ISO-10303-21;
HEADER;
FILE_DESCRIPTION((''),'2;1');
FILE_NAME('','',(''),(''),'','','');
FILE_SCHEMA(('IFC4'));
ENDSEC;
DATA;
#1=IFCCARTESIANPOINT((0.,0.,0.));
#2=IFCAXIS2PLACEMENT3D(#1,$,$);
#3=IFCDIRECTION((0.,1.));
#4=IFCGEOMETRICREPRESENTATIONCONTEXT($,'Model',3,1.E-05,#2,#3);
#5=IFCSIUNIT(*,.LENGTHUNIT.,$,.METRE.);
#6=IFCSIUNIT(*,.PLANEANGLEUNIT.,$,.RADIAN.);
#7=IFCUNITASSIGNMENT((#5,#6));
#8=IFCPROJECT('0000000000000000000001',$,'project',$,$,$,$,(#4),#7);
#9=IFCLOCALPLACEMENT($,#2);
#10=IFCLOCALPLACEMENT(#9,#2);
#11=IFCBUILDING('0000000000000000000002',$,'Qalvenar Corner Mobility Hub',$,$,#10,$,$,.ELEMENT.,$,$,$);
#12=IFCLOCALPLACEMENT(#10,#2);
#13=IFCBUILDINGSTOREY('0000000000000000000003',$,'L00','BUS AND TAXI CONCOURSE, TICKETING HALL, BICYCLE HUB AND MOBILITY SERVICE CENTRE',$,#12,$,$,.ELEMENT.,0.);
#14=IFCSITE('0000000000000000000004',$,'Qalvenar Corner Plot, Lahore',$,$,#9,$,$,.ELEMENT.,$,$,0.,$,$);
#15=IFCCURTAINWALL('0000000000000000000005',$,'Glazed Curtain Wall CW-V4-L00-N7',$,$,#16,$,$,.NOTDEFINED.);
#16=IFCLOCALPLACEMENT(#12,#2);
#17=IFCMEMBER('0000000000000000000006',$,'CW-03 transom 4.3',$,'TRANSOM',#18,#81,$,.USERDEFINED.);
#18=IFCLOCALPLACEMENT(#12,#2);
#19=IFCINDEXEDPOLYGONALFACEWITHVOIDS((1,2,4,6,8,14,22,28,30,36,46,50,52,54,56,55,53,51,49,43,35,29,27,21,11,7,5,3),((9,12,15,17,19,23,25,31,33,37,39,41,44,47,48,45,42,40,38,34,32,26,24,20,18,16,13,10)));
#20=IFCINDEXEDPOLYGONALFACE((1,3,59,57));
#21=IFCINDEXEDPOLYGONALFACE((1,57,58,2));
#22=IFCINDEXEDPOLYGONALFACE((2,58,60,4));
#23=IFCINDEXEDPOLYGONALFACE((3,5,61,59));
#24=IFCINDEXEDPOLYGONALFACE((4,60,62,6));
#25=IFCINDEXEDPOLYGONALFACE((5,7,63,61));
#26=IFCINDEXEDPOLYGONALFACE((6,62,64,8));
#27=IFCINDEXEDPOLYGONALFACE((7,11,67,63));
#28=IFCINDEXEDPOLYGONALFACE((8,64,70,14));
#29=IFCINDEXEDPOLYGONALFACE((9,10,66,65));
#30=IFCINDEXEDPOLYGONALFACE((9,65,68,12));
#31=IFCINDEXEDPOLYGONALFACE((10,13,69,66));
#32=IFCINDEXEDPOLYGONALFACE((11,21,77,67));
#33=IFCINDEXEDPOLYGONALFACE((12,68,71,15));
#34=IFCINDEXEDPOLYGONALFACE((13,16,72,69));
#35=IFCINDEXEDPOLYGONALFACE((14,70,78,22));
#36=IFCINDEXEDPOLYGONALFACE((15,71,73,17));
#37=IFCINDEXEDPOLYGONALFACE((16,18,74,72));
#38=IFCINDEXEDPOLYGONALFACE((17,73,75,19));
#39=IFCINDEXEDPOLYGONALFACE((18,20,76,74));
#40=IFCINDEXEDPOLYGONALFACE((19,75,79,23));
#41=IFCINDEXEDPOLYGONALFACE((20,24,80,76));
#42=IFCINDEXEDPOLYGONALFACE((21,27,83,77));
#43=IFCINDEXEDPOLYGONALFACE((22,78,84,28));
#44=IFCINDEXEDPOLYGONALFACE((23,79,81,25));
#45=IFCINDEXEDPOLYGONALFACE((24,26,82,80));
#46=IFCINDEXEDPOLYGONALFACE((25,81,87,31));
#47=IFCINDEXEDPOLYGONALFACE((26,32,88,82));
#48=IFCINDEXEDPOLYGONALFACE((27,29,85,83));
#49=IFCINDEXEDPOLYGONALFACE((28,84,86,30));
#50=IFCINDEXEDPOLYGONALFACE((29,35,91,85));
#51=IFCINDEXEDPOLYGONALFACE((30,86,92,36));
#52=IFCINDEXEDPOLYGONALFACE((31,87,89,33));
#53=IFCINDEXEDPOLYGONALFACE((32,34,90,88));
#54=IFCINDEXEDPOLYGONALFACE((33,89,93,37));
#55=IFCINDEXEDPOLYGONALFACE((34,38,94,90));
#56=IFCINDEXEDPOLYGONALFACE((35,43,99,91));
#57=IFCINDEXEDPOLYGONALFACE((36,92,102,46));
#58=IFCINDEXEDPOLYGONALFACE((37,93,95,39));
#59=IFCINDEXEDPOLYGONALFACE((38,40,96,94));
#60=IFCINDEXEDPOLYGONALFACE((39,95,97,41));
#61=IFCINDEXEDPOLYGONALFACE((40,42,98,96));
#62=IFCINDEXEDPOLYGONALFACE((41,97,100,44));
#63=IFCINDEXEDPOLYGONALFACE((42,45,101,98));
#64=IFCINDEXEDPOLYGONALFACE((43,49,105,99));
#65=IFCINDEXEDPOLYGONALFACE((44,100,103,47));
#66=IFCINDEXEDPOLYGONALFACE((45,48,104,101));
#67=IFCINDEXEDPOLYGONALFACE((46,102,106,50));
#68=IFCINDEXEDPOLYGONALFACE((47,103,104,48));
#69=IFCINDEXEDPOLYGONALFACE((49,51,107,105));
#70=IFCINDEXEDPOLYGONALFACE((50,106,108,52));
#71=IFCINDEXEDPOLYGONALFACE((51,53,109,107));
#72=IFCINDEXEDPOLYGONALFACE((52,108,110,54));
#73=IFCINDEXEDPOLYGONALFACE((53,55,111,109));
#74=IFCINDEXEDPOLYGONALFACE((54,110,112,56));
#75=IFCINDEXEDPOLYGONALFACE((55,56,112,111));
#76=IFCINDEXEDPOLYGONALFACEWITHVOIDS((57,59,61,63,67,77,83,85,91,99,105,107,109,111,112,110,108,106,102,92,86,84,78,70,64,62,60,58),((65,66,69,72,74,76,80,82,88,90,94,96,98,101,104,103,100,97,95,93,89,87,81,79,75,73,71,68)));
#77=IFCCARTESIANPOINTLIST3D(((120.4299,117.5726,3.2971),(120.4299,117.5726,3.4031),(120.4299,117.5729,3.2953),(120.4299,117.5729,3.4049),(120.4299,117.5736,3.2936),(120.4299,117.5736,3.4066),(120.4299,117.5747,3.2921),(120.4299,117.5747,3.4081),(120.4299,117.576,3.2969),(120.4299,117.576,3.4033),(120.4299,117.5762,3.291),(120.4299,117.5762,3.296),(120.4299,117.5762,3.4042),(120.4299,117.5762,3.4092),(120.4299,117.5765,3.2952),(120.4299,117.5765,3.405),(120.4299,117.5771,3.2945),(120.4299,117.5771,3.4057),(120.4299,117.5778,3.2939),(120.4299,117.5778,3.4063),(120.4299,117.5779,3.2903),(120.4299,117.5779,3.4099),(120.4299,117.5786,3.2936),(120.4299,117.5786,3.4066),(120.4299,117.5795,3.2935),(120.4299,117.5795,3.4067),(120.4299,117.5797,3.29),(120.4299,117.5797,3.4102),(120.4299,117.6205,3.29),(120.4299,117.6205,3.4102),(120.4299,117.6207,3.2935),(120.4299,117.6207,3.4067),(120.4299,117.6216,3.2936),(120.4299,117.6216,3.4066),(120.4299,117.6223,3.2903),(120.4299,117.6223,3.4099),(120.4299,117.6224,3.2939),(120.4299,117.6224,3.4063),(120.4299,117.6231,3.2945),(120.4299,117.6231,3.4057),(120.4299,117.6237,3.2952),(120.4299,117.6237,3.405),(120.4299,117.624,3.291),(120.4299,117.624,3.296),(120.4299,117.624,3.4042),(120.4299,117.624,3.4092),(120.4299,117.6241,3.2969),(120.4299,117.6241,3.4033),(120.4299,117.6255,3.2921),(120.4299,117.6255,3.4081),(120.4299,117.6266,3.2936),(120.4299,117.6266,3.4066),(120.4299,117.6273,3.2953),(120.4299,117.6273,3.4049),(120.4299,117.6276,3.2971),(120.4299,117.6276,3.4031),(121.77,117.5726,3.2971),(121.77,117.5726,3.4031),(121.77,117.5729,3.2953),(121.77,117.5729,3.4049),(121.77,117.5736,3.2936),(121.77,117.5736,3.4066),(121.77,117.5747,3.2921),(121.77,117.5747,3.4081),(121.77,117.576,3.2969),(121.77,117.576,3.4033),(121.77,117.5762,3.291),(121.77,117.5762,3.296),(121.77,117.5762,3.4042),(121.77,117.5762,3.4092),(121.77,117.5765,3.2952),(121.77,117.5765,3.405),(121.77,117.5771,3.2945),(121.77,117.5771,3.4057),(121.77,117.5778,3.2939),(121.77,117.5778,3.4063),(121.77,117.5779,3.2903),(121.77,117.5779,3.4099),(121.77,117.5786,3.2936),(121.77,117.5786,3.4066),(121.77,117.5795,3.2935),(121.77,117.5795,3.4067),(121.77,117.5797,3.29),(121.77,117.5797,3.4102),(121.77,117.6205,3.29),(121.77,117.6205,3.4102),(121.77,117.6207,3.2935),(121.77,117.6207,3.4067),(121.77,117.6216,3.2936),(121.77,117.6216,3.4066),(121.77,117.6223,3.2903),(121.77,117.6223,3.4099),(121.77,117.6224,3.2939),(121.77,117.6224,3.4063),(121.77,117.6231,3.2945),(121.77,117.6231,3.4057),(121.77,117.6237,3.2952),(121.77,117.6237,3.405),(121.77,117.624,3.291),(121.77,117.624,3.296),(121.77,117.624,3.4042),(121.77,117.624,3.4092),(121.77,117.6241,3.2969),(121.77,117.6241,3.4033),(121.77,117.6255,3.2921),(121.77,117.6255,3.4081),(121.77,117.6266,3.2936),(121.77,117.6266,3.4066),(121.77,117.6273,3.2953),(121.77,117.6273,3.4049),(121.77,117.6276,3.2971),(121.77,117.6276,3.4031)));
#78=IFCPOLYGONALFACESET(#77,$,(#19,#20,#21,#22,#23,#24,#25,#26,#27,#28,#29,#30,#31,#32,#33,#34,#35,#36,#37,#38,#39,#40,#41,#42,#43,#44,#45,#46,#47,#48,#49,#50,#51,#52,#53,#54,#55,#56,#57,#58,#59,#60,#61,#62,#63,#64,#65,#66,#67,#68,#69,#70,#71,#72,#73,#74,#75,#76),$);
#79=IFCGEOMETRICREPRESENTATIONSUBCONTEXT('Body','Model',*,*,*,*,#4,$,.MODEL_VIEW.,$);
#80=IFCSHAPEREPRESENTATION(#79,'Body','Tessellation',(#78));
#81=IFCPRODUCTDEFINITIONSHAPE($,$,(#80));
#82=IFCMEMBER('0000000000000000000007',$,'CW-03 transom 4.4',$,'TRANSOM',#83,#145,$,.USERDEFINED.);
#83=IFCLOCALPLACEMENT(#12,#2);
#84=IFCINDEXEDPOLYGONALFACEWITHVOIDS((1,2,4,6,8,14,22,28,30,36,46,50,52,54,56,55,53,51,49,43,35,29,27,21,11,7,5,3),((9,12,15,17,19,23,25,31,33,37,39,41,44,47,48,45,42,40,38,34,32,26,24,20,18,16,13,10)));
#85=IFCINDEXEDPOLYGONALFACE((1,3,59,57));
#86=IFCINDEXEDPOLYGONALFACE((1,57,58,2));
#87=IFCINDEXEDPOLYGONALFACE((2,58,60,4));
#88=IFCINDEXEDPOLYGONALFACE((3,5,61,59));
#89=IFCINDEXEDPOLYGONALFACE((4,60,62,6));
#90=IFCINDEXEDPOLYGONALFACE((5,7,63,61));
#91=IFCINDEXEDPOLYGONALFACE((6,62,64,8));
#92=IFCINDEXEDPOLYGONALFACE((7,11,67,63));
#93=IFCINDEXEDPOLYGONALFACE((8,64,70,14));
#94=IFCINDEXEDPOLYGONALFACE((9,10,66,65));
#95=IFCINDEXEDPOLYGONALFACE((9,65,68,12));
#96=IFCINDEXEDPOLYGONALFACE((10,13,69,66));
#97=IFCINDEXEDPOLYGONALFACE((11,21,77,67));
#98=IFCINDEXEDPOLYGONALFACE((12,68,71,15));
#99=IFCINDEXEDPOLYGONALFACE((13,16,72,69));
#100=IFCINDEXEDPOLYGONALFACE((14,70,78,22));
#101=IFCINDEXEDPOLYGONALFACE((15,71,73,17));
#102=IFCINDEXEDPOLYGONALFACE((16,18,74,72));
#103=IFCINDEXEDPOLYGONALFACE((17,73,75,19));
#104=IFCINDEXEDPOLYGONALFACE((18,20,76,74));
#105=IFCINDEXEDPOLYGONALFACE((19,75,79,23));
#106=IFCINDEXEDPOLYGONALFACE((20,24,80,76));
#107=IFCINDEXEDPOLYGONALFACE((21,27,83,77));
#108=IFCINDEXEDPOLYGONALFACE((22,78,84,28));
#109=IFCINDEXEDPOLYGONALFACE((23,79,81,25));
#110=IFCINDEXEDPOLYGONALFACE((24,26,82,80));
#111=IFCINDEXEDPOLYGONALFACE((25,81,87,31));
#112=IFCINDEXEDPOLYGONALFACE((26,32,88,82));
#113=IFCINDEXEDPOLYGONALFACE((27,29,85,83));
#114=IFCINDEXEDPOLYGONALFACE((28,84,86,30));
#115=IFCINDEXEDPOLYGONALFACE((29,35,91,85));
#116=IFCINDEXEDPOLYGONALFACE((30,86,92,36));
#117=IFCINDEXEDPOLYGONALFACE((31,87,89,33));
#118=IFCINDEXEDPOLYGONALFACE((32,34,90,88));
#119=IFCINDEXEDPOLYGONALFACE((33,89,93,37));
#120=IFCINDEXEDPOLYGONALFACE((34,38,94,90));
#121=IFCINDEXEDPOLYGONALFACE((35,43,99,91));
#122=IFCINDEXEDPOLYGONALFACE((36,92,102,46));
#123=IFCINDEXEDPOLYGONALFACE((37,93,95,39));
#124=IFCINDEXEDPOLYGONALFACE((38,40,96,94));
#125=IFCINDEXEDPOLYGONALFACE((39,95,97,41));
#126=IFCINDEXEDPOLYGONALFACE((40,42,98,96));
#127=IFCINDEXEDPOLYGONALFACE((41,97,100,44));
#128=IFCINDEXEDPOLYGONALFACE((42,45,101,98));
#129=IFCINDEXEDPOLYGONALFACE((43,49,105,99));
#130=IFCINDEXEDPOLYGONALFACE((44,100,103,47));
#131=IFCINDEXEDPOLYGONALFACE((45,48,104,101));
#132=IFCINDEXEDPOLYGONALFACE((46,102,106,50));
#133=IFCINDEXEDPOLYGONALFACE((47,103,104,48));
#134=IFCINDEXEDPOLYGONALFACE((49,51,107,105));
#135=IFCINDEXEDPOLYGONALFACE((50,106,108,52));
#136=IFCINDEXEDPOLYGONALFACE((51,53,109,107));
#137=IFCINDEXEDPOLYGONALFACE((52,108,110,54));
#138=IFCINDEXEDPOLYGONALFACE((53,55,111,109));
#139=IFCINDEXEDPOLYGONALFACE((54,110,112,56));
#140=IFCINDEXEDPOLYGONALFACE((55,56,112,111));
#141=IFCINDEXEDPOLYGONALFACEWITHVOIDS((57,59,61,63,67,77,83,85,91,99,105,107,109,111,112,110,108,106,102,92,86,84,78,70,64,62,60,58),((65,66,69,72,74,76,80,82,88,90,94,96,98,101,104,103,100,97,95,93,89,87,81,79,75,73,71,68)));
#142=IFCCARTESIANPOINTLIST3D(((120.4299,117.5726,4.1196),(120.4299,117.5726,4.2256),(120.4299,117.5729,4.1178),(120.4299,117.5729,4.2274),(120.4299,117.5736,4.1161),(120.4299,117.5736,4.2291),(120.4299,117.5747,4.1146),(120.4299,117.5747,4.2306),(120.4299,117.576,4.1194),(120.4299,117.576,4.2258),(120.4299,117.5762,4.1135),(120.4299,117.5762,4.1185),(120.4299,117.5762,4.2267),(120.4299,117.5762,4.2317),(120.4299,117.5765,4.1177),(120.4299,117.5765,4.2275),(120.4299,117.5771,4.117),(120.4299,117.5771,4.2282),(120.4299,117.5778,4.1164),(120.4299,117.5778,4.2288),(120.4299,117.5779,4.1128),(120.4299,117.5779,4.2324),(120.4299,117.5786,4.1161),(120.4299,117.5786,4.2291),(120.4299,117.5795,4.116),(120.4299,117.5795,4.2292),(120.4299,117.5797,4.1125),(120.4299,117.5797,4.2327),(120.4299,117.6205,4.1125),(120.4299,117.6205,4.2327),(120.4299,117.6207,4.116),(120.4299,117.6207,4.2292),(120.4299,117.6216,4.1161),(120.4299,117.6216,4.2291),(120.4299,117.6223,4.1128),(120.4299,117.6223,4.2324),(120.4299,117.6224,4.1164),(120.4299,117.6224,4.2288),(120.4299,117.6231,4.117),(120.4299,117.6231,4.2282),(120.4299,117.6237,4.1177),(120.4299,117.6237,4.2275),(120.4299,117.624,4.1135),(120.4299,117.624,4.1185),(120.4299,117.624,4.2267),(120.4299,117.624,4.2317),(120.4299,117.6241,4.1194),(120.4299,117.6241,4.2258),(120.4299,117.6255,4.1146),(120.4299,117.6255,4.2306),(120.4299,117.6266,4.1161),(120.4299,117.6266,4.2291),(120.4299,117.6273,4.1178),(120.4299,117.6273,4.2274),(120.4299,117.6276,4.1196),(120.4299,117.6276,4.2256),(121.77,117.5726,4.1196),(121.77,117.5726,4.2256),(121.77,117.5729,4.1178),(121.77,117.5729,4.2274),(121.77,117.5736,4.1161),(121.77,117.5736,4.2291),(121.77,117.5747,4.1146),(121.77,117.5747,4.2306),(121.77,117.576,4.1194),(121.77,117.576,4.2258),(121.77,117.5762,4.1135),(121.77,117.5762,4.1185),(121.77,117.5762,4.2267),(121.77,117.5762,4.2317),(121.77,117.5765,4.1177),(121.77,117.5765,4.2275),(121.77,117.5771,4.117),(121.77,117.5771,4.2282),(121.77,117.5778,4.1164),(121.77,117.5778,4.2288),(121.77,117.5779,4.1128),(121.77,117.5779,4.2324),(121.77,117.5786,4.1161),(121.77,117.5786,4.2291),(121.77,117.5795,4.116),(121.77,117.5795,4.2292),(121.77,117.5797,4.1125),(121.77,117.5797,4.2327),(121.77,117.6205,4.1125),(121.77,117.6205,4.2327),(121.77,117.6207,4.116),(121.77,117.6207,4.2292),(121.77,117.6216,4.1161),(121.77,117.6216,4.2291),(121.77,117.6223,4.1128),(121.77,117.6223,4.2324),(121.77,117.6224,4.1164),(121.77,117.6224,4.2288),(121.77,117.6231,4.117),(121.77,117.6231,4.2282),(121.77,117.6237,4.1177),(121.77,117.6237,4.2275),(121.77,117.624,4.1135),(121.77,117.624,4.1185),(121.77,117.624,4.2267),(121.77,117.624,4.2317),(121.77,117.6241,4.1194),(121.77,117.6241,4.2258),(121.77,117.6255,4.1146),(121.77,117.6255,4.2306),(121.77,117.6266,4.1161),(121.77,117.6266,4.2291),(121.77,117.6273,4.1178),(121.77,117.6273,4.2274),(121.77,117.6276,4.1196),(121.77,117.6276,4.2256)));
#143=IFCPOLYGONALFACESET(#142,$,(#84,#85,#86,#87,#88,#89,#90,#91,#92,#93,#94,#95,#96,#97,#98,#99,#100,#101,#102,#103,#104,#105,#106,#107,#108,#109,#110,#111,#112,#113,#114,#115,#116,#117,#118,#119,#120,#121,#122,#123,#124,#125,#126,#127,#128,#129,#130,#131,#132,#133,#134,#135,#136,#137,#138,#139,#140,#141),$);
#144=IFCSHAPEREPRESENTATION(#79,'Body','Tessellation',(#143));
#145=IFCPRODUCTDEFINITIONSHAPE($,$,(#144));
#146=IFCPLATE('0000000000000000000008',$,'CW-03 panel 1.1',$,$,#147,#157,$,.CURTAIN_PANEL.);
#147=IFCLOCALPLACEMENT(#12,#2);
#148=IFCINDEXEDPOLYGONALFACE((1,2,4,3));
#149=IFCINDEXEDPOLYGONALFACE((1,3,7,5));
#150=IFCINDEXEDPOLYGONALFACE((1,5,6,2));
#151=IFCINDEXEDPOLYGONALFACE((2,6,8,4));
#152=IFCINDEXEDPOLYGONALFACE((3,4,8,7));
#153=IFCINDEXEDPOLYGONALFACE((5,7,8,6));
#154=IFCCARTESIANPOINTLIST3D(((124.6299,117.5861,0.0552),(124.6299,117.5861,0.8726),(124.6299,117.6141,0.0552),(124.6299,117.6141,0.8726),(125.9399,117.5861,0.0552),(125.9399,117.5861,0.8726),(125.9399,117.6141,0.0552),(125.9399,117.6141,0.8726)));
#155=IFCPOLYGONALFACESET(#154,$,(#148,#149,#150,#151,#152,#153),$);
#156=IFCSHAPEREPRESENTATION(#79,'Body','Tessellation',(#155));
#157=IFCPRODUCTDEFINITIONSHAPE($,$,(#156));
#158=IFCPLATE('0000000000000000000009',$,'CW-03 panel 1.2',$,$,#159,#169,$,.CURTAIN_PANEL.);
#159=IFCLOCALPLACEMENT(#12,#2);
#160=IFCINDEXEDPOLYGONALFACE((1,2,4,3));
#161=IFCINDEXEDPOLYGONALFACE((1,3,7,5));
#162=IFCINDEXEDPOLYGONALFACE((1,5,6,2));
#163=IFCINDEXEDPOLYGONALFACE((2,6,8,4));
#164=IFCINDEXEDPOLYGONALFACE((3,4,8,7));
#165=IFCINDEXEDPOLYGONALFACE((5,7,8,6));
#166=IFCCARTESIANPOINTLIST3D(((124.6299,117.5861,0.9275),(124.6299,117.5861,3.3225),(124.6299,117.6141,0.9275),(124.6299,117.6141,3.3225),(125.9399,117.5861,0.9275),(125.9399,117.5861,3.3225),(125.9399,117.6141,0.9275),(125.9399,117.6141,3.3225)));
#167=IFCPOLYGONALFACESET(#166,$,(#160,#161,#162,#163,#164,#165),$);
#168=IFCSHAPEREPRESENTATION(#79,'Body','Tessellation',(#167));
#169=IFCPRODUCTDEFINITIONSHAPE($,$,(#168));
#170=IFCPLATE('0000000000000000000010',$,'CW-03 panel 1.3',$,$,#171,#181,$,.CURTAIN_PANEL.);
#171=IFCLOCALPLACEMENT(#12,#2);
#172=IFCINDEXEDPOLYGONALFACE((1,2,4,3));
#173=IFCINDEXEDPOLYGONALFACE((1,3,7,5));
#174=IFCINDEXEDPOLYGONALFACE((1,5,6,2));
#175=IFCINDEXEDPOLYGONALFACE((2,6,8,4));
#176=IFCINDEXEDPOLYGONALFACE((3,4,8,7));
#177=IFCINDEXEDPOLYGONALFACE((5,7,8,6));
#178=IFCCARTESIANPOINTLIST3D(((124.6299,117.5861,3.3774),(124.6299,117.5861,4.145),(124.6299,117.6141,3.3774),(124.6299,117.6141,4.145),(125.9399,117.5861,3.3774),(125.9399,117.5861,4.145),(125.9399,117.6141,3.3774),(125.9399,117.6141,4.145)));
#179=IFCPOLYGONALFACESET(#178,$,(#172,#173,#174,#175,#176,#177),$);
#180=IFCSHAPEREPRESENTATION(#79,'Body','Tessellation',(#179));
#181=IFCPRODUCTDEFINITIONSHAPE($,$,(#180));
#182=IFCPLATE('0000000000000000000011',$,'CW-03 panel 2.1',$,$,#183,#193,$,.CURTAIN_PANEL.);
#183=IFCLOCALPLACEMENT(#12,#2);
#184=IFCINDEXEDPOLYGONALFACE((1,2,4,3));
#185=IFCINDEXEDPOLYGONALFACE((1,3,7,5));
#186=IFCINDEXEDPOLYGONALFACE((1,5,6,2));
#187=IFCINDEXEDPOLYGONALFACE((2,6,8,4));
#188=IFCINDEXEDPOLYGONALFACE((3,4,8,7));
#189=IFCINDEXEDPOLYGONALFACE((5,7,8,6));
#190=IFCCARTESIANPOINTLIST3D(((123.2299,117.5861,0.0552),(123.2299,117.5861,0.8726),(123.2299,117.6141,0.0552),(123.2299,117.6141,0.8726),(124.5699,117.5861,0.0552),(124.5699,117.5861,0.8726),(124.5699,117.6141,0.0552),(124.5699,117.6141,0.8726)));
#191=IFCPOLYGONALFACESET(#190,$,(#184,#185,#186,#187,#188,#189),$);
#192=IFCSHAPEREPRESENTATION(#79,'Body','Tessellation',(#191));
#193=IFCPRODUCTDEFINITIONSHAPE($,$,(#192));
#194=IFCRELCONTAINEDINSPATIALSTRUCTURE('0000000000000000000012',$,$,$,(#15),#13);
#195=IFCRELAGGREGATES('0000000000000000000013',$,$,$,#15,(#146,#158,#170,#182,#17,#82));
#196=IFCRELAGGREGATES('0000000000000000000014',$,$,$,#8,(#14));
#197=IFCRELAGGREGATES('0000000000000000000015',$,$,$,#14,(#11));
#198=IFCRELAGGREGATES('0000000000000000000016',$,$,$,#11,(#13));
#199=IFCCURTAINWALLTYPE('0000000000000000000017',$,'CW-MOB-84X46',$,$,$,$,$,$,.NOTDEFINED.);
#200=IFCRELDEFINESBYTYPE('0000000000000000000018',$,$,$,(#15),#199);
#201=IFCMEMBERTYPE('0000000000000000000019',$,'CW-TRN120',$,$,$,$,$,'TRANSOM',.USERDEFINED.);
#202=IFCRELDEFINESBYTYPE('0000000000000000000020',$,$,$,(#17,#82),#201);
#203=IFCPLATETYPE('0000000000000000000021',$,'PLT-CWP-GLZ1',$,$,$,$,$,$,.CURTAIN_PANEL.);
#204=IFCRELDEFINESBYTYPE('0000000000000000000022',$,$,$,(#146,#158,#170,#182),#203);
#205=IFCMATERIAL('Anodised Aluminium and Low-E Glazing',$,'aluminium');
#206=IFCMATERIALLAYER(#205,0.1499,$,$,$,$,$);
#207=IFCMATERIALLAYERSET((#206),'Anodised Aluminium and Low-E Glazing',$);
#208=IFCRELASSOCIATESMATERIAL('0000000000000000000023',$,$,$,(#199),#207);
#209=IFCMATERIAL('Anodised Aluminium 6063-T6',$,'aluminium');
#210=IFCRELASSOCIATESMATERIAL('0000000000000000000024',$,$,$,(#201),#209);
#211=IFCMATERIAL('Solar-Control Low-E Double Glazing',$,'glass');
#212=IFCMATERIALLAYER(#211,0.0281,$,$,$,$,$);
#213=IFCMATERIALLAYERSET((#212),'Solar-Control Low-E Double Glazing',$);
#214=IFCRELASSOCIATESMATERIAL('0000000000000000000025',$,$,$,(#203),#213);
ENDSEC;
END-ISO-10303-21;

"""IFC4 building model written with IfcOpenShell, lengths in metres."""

from ifc_helpers import new_model, si_unit, direction, frame, origin, origin_2d, place, context, subcontext, project, spatial, rectangle, hollow_rectangle, extrude, material, layer, layer_set, material_profile, profile_set, type_object, element, aggregate, save


model = new_model("IFC4")

# Units and contexts
model_context = context("Model", 3, precision=1e-05, world=origin(), true_north=direction((0.0, 1.0)))
body_context = subcontext(model_context, "Body", "Model", "MODEL_VIEW")
ifc_project = project(units=[si_unit("LENGTHUNIT", "METRE"), si_unit("PLANEANGLEUNIT", "RADIAN")], contexts=[model_context])

# Site, building, storey
site_placement = place(None, origin())
site = spatial("IfcSite", under=ifc_project, at=site_placement, Name="Qalvenar Corner Plot, Lahore", CompositionType="ELEMENT", RefElevation=0.0)
building_placement = place(site_placement, origin())
building = spatial("IfcBuilding", under=site, at=building_placement, Name="Qalvenar Corner Mobility Hub", CompositionType="ELEMENT")
storey_placement = place(building_placement, origin())
storey = spatial("IfcBuildingStorey", under=building, at=storey_placement, Name="L00", Description="BUS AND TAXI CONCOURSE, TICKETING HALL, BICYCLE HUB AND MOBILITY SERVICE CENTRE", CompositionType="ELEMENT", Elevation=0.0)

# Curtain wall, members, plates
ifc_material_1 = material(Name="Anodised Aluminium and Low-E Glazing", Category="aluminium")
ifc_layer_1 = layer(ifc_material_1, 0.1499)
ifc_layer_set_1 = layer_set([ifc_layer_1], Name="Anodised Aluminium and Low-E Glazing")
curtain_wall_type = type_object("IfcCurtainWallType", Name="CW-MOB-84X46", PredefinedType="NOTDEFINED", material=ifc_layer_set_1)
curtain_wall_placement = place(storey_placement, origin())
curtain_wall = element("IfcCurtainWall", 1, at=curtain_wall_placement, inside=storey, type_object=curtain_wall_type, Name="Glazed Curtain Wall CW-V4-L00-N7", PredefinedType="NOTDEFINED")
ifc_material_2 = material(Name="Anodised Aluminium 6063-T6", Category="aluminium")
ifc_material_profile_1 = material_profile(ifc_material_2, hollow_rectangle(XDim=0.0549, YDim=0.1201, WallThickness=0.0034, InnerFilletRadius=0.0034, OuterFilletRadius=0.0071, at=origin_2d()), Name="RHS120x55x3.5")
ifc_profile_set_1 = profile_set([ifc_material_profile_1], Name="Anodised Aluminium 6063-T6")
member_type_1 = type_object("IfcMemberType", Name="CW-TRN120", ElementType="TRANSOM", PredefinedType="USERDEFINED", material=ifc_profile_set_1)
member_1_placement = place(storey_placement, frame((121.77, 117.6001, 3.3501), z_axis=(-1.0, 0.0, 0.0), x_axis=(0.0, -1.0, 0.0)))
member_1 = element("IfcMember", 2, at=member_1_placement, type_object=member_type_1, Name="CW-03 transom 4.3", ObjectType="TRANSOM", PredefinedType="USERDEFINED", context=body_context, shape_type="SweptSolid", body=[
    extrude(hollow_rectangle(XDim=0.0549, YDim=0.1201, WallThickness=0.0034, InnerFilletRadius=0.0034, OuterFilletRadius=0.0071, at=origin_2d()), origin(), (0.0, 0.0, 1.0), 1.3401),
])
member_2_placement = place(storey_placement, frame((121.77, 117.6001, 4.1726), z_axis=(-1.0, 0.0, 0.0), x_axis=(0.0, -1.0, 0.0)))
member_2 = element("IfcMember", 3, at=member_2_placement, type_object=member_type_1, Name="CW-03 transom 4.4", ObjectType="TRANSOM", PredefinedType="USERDEFINED", context=body_context, shape_type="SweptSolid", body=[
    extrude(hollow_rectangle(XDim=0.0549, YDim=0.1201, WallThickness=0.0034, InnerFilletRadius=0.0034, OuterFilletRadius=0.0071, at=origin_2d()), origin(), (0.0, 0.0, 1.0), 1.3401),
])
ifc_material_3 = material(Name="Solar-Control Low-E Double Glazing", Category="glass")
ifc_layer_2 = layer(ifc_material_3, 0.0281)
ifc_layer_set_2 = layer_set([ifc_layer_2], Name="Solar-Control Low-E Double Glazing")
plate_type = type_object("IfcPlateType", Name="PLT-CWP-GLZ1", PredefinedType="CURTAIN_PANEL", material=ifc_layer_set_2)
plate_1_placement = place(storey_placement, frame((125.2849, 117.6001, 0.0552), z_axis=(0.0, 0.0, 1.0), x_axis=(-1.0, 0.0, 0.0)))
plate_1 = element("IfcPlate", 4, at=plate_1_placement, type_object=plate_type, Name="CW-03 panel 1.1", PredefinedType="CURTAIN_PANEL", context=body_context, shape_type="SweptSolid", body=[
    extrude(rectangle(XDim=1.3101, YDim=0.0281, at=origin_2d()), origin(), (0.0, 0.0, 1.0), 0.8174),
])
plate_2_placement = place(storey_placement, frame((125.2849, 117.6001, 0.9275), z_axis=(0.0, 0.0, 1.0), x_axis=(-1.0, 0.0, 0.0)))
plate_2 = element("IfcPlate", 5, at=plate_2_placement, type_object=plate_type, Name="CW-03 panel 1.2", PredefinedType="CURTAIN_PANEL", context=body_context, shape_type="SweptSolid", body=[
    extrude(rectangle(XDim=1.3101, YDim=0.0281, at=origin_2d()), origin(), (0.0, 0.0, 1.0), 2.395),
])
plate_3_placement = place(storey_placement, frame((125.2849, 117.6001, 3.3774), z_axis=(0.0, 0.0, 1.0), x_axis=(-1.0, 0.0, 0.0)))
plate_3 = element("IfcPlate", 6, at=plate_3_placement, type_object=plate_type, Name="CW-03 panel 1.3", PredefinedType="CURTAIN_PANEL", context=body_context, shape_type="SweptSolid", body=[
    extrude(rectangle(XDim=1.3101, YDim=0.0281, at=origin_2d()), origin(), (0.0, 0.0, 1.0), 0.7676),
])
plate_4_placement = place(storey_placement, frame((123.8999, 117.6001, 0.0552), z_axis=(0.0, 0.0, 1.0), x_axis=(-1.0, 0.0, 0.0)))
plate_4 = element("IfcPlate", 7, at=plate_4_placement, type_object=plate_type, Name="CW-03 panel 2.1", PredefinedType="CURTAIN_PANEL", context=body_context, shape_type="SweptSolid", body=[
    extrude(rectangle(XDim=1.3401, YDim=0.0281, at=origin_2d()), origin(), (0.0, 0.0, 1.0), 0.8174),
])
aggregate(curtain_wall, [plate_1, plate_2, plate_3, plate_4, member_1, member_2])

save(model, "model.ifc")
